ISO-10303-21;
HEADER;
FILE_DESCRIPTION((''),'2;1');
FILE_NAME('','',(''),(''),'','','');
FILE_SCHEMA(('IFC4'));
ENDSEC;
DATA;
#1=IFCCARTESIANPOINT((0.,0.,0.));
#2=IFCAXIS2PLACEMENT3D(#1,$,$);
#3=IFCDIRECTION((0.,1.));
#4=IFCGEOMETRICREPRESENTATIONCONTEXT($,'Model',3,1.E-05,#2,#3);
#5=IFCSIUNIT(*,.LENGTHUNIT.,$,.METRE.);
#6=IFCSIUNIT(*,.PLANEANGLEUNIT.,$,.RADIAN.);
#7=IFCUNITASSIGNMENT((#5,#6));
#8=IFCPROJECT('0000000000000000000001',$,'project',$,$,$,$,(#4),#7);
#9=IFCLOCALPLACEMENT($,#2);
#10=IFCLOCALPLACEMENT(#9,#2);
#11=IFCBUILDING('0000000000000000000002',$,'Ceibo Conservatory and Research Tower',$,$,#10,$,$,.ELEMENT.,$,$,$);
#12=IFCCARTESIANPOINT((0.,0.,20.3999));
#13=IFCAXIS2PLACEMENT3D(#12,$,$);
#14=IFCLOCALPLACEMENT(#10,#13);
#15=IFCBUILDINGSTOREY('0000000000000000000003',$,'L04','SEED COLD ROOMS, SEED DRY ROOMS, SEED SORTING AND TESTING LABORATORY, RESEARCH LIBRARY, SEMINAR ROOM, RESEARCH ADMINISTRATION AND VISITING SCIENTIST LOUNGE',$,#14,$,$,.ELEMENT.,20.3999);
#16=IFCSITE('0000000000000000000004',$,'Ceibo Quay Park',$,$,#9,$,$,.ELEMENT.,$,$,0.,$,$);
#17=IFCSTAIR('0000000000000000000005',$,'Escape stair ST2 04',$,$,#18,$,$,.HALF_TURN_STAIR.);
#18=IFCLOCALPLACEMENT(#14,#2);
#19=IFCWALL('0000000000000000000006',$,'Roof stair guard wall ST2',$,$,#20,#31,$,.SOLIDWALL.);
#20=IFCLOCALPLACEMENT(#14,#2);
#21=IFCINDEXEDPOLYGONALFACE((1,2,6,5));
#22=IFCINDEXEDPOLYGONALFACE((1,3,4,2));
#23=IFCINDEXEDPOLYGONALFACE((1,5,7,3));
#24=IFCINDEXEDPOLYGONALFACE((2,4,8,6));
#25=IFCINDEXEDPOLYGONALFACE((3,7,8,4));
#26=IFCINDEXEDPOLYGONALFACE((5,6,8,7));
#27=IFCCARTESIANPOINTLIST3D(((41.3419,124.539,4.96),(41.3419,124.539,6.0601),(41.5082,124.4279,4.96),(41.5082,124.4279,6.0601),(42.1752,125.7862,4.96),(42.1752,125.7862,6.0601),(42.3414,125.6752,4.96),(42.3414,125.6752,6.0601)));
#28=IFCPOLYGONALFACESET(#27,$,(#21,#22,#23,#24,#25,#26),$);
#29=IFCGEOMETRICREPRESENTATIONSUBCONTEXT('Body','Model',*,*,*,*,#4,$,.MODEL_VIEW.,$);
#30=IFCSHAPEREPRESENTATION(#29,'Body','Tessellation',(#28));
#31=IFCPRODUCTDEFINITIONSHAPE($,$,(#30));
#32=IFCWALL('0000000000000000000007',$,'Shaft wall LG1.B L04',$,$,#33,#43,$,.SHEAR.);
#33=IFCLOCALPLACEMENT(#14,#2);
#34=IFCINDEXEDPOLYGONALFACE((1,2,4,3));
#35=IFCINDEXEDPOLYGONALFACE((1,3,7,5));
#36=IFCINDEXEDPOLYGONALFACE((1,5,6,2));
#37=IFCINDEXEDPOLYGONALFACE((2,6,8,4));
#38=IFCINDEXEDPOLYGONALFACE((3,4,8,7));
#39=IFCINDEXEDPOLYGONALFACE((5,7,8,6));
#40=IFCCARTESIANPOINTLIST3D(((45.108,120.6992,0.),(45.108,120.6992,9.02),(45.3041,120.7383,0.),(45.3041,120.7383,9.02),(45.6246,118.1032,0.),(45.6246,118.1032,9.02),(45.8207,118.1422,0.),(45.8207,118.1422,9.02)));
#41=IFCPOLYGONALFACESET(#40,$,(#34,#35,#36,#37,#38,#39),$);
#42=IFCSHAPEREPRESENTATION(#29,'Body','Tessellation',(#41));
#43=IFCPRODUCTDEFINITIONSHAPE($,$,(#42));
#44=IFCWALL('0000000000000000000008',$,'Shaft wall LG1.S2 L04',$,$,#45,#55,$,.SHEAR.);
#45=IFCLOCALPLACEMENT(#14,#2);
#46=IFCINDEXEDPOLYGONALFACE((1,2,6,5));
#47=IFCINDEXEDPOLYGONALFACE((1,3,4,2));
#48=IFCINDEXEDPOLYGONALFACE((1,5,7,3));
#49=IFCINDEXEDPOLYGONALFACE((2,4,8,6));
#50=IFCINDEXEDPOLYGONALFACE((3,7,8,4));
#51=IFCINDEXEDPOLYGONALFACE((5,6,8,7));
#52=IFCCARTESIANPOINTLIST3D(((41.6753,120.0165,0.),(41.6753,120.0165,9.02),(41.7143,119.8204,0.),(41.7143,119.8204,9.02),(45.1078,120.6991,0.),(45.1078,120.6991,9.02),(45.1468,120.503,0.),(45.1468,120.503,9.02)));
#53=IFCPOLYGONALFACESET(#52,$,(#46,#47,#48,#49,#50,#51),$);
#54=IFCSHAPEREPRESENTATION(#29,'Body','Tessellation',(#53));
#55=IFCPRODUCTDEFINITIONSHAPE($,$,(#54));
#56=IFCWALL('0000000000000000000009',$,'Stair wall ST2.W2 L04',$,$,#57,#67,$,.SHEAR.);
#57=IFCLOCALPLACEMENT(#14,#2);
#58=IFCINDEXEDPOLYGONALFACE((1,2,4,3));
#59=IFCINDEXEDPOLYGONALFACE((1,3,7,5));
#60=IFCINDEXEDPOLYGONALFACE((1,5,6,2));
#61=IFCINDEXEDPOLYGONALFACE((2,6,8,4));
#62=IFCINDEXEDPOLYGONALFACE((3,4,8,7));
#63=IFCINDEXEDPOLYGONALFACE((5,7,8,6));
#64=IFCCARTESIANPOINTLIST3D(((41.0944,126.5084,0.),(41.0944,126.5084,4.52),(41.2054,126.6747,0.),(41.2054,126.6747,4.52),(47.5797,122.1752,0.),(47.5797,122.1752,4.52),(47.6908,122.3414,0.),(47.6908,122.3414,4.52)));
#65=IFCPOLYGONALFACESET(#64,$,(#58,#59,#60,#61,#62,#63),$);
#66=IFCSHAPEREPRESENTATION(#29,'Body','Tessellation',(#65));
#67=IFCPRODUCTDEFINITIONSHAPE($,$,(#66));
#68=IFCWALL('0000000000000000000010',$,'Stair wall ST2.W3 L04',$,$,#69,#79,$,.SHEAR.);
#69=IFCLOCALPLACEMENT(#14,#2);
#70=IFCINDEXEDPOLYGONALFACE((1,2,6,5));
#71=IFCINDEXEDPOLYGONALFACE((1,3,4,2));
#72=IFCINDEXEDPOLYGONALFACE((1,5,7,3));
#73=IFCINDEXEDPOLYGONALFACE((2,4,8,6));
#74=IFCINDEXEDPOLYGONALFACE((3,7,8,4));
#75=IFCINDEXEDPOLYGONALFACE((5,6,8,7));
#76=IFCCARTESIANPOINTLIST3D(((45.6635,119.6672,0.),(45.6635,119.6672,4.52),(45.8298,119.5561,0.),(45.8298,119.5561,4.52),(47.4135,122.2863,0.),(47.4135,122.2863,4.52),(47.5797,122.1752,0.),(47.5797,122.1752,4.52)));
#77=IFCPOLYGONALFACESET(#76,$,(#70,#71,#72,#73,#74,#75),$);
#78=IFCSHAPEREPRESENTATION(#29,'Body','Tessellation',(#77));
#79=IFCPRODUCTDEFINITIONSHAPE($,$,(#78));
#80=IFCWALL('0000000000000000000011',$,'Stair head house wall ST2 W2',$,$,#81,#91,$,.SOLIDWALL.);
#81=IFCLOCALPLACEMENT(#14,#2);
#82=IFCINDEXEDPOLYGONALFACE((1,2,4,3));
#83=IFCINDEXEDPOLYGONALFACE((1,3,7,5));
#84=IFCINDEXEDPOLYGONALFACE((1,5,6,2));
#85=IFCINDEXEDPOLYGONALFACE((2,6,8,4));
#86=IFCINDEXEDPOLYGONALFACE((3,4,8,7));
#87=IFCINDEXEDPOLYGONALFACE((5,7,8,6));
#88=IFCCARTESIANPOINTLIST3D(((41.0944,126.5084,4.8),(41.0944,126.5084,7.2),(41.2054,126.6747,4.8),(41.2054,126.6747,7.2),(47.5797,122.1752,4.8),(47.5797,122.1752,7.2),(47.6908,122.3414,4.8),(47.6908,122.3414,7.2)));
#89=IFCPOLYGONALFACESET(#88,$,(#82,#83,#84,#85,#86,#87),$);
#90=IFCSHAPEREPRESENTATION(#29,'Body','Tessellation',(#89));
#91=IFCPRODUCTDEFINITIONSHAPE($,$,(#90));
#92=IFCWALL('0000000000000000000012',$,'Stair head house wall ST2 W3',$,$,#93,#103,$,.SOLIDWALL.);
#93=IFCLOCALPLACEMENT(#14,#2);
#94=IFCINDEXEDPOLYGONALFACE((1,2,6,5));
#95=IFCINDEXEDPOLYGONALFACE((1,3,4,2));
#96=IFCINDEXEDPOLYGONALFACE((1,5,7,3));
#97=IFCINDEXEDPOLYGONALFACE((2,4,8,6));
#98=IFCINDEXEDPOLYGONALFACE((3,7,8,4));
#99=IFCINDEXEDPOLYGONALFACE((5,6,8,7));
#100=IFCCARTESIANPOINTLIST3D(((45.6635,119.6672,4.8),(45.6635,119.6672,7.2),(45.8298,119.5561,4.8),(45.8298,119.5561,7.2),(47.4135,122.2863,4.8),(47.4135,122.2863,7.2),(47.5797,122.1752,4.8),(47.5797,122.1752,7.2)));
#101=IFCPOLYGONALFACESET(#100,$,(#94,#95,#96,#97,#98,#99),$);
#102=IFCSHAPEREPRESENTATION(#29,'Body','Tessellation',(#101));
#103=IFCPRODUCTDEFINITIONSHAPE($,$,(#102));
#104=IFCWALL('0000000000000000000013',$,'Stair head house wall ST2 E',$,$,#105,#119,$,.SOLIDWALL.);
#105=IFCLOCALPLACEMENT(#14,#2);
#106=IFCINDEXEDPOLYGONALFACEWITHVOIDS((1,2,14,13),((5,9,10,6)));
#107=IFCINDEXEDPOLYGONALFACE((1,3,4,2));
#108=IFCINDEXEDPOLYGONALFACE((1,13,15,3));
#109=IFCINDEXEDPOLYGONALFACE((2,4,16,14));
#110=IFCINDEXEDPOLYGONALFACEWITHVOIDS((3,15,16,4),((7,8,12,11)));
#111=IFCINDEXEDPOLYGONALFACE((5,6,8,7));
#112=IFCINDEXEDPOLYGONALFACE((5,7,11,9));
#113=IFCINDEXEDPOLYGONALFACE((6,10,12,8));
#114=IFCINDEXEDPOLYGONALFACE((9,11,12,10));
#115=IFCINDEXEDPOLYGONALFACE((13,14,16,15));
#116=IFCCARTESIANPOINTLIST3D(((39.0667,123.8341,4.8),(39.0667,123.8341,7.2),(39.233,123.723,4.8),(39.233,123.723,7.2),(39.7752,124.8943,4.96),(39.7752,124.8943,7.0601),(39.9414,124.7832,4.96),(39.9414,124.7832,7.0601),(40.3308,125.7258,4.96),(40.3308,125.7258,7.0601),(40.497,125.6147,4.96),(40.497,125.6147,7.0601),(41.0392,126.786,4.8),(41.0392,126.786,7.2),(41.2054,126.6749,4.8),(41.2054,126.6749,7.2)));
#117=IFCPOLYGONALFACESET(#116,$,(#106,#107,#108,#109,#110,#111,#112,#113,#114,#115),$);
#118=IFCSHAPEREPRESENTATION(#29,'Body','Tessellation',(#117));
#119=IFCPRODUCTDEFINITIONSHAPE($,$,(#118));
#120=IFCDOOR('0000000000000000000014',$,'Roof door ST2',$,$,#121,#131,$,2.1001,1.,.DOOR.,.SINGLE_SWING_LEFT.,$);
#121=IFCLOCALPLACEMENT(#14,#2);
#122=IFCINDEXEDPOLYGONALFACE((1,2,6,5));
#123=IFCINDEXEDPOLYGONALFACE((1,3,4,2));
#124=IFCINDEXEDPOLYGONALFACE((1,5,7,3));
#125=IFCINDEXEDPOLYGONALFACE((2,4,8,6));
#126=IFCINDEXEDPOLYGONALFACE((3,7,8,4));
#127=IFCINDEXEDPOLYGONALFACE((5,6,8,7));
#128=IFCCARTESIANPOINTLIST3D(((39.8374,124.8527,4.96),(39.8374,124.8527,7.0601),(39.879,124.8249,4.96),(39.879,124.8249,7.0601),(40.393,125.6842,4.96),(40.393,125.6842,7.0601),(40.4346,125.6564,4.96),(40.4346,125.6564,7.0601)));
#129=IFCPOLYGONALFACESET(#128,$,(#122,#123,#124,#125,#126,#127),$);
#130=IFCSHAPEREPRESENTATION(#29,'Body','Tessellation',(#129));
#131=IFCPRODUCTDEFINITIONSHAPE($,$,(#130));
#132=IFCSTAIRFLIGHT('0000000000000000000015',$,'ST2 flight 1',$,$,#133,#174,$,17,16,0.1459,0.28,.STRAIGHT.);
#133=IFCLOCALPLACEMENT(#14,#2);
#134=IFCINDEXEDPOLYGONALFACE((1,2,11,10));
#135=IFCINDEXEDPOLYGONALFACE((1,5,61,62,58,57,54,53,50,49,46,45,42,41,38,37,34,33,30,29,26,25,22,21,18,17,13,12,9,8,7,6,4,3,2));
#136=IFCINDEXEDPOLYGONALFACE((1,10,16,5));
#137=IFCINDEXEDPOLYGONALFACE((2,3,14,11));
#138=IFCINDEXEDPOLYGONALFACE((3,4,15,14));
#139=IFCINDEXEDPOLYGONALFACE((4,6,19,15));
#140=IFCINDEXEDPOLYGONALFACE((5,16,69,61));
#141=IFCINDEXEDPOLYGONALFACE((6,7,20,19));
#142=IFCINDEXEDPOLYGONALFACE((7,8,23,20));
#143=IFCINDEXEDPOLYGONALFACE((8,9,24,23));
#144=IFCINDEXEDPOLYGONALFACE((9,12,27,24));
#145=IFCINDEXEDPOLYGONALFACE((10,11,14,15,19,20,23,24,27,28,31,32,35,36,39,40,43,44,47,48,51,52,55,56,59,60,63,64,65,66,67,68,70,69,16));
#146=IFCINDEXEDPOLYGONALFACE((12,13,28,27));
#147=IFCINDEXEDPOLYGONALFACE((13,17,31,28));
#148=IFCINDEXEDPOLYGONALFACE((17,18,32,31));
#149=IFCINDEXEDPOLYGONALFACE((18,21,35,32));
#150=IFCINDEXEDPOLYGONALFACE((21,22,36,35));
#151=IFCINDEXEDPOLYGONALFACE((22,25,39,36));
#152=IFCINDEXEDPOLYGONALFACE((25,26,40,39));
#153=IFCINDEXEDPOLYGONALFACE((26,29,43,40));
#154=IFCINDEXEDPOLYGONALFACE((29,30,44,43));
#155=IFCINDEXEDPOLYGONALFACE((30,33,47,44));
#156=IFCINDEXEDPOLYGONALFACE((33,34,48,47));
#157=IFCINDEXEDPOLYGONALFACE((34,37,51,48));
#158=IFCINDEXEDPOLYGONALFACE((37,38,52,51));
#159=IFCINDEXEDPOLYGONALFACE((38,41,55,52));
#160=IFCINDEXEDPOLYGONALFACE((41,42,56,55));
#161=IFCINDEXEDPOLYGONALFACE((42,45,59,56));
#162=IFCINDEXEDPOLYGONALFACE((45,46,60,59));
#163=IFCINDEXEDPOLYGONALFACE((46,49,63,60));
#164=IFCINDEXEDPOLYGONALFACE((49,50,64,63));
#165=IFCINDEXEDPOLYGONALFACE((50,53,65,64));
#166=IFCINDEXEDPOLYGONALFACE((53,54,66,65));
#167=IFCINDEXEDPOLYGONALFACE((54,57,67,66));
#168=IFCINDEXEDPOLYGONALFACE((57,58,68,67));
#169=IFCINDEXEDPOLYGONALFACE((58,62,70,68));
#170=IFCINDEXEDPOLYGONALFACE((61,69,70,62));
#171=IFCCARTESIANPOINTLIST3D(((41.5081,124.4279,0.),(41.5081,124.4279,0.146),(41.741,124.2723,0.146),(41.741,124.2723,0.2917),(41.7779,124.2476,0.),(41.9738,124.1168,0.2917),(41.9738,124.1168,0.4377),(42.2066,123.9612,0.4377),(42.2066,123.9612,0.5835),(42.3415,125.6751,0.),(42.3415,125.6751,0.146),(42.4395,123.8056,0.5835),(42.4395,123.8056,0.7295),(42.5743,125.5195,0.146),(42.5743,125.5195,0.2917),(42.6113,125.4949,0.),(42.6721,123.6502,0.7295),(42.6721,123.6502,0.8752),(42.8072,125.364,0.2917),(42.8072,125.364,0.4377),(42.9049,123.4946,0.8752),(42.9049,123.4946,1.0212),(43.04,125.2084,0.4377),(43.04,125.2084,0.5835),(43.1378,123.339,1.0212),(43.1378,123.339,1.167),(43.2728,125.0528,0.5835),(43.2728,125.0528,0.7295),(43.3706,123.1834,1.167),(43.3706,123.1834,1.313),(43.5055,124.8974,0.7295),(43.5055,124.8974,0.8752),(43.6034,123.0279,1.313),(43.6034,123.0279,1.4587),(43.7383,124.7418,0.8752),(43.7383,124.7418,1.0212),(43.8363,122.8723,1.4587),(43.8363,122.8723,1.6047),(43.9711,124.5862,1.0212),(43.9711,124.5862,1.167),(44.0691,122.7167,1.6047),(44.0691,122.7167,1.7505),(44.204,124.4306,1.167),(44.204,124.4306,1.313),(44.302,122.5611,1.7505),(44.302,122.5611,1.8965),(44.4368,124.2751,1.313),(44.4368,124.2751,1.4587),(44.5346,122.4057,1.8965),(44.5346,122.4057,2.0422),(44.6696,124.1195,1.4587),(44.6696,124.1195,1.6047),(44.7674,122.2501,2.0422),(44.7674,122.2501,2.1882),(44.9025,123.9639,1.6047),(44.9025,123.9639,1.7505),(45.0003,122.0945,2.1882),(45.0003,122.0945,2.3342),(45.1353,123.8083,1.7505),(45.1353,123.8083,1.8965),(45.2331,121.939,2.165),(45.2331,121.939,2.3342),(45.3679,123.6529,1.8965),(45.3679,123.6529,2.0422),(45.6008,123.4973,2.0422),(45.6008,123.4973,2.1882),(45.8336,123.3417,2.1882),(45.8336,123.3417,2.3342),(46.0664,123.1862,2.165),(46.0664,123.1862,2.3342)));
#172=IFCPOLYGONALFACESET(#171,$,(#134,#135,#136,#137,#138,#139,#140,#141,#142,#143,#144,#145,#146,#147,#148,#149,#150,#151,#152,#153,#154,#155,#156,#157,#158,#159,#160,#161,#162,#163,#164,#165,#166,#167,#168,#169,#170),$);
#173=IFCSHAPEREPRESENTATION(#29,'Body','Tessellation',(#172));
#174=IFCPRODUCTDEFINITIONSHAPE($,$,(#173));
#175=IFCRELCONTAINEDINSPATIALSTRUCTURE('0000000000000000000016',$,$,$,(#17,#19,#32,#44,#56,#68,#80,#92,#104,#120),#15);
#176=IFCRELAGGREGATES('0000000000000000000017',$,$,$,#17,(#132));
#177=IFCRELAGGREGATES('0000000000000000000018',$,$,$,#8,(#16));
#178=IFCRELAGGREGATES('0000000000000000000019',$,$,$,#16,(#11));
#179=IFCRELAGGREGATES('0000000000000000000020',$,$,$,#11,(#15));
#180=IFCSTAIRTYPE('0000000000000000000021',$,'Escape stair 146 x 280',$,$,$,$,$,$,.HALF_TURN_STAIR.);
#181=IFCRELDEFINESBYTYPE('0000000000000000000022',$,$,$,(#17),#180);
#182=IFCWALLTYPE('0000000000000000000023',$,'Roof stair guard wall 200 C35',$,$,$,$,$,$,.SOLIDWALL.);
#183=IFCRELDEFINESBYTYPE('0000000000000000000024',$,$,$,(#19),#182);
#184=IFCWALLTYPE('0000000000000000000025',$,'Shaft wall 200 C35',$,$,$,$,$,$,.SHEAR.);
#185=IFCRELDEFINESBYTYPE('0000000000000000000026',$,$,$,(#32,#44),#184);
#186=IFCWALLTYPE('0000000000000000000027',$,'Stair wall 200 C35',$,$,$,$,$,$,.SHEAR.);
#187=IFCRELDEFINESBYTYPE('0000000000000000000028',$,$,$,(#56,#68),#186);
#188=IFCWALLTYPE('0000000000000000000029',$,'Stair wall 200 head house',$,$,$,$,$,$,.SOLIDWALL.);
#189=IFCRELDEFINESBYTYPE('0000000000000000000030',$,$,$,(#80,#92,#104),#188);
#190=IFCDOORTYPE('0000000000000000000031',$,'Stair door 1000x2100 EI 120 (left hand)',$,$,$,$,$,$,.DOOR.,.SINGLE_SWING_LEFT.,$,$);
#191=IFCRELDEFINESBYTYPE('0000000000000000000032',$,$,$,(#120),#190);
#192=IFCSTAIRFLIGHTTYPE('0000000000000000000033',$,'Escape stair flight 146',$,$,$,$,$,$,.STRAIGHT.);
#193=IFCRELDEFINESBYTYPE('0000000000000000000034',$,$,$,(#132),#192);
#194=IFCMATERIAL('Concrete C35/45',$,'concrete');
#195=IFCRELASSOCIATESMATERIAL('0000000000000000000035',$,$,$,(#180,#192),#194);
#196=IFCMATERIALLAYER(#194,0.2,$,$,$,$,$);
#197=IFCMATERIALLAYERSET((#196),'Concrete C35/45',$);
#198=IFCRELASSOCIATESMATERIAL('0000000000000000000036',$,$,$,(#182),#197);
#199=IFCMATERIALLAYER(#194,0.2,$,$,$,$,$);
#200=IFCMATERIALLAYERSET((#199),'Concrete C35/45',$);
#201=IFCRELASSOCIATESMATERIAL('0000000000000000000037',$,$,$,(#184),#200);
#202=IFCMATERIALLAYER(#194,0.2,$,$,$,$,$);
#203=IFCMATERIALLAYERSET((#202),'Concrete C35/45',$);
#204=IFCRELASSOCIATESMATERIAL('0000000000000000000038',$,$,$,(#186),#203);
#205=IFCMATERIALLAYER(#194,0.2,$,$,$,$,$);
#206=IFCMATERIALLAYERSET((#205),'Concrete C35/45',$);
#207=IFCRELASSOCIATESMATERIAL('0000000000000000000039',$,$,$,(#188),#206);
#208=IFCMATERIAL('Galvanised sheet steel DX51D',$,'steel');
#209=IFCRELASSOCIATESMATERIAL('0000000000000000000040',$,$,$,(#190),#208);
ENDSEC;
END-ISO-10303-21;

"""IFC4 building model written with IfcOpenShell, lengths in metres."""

from ifc_helpers import new_model, si_unit, direction, frame, frame_2d, origin, place, context, subcontext, project, spatial, polyline, rectangle, outline, extrude, material, layer, layer_set, type_object, element, fill, aggregate, save


model = new_model("IFC4")

# Units and contexts
model_context = context("Model", 3, precision=1e-05, world=origin(), true_north=direction((0.0, 1.0)))
body_context = subcontext(model_context, "Body", "Model", "MODEL_VIEW")
ifc_project = project(units=[si_unit("LENGTHUNIT", "METRE"), si_unit("PLANEANGLEUNIT", "RADIAN")], contexts=[model_context])

# Site, building, storey
site_placement = place(None, origin())
site = spatial("IfcSite", under=ifc_project, at=site_placement, Name="Ceibo Quay Park", CompositionType="ELEMENT", RefElevation=0.0)
building_placement = place(site_placement, origin())
building = spatial("IfcBuilding", under=site, at=building_placement, Name="Ceibo Conservatory and Research Tower", CompositionType="ELEMENT")
storey_placement = place(building_placement, frame((0.0, 0.0, 20.3999)))
storey = spatial("IfcBuildingStorey", under=building, at=storey_placement, Name="L04", Description="SEED COLD ROOMS, SEED DRY ROOMS, SEED SORTING AND TESTING LABORATORY, RESEARCH LIBRARY, SEMINAR ROOM, RESEARCH ADMINISTRATION AND VISITING SCIENTIST LOUNGE", CompositionType="ELEMENT", Elevation=20.3999)

# Shared definitions
ifc_material_1 = material(Name="Concrete C35/45", Category="concrete")

# Stair
stair_type = type_object("IfcStairType", Name="Escape stair 146 x 280", PredefinedType="HALF_TURN_STAIR", material=ifc_material_1)
stair_placement = place(storey_placement, origin())
stair = element("IfcStair", 1, at=stair_placement, inside=storey, type_object=stair_type, Name="Escape stair ST2 04", PredefinedType="HALF_TURN_STAIR")

# Shared definitions
ifc_material_2 = material(Name="Galvanised sheet steel DX51D", Category="steel")

# Walls
ifc_layer_1 = layer(ifc_material_1, 0.2)
ifc_layer_set_1 = layer_set([ifc_layer_1], Name="Concrete C35/45")
wall_type_1 = type_object("IfcWallType", Name="Roof stair guard wall 200 C35", PredefinedType="SOLIDWALL", material=ifc_layer_set_1)
wall_1_placement = place(storey_placement, frame((42.2583, 125.7307, 4.96), z_axis=(0.0, 0.0, 1.0), x_axis=(-0.555489, -0.831524, 0.0)))
element("IfcWall", 2, at=wall_1_placement, inside=storey, type_object=wall_type_1, Name="Roof stair guard wall ST2", PredefinedType="SOLIDWALL", context=body_context, shape_type="SweptSolid", body=[
    extrude(rectangle(XDim=1.5, YDim=0.2, at=frame_2d((0.75, 0.0))), origin(), (0.0, 0.0, 1.0), 1.1001),
])
ifc_layer_2 = layer(ifc_material_1, 0.2)
ifc_layer_set_2 = layer_set([ifc_layer_2], Name="Concrete C35/45")
wall_type_2 = type_object("IfcWallType", Name="Shaft wall 200 C35", PredefinedType="SHEAR", material=ifc_layer_set_2)
wall_2_placement = place(storey_placement, frame((45.2061, 120.7188, 0.0), z_axis=(0.0, 0.0, 1.0), x_axis=(0.195158, -0.980772, 0.0)))
element("IfcWall", 3, at=wall_2_placement, inside=storey, type_object=wall_type_2, Name="Shaft wall LG1.B L04", PredefinedType="SHEAR", context=body_context, shape_type="SweptSolid", body=[
    extrude(rectangle(XDim=2.647, YDim=0.2, at=frame_2d((1.3235, 0.0))), origin(), (0.0, 0.0, 1.0), 9.02),
])
wall_3_placement = place(storey_placement, frame((45.1274, 120.6011, 0.0), z_axis=(0.0, 0.0, 1.0), x_axis=(-0.980795, -0.195043, 0.0)))
element("IfcWall", 4, at=wall_3_placement, inside=storey, type_object=wall_type_2, Name="Shaft wall LG1.S2 L04", PredefinedType="SHEAR", context=body_context, shape_type="SweptSolid", body=[
    extrude(rectangle(XDim=3.4998, YDim=0.2, at=frame_2d((1.75, 0.0))), origin(), (0.0, 0.0, 1.0), 9.02),
])
ifc_layer_3 = layer(ifc_material_1, 0.2)
ifc_layer_set_3 = layer_set([ifc_layer_3], Name="Concrete C35/45")
wall_type_3 = type_object("IfcWallType", Name="Stair wall 200 C35", PredefinedType="SHEAR", material=ifc_layer_set_3)
wall_4_placement = place(storey_placement, frame((47.6353, 122.2583, 0.0), z_axis=(0.0, 0.0, 1.0), x_axis=(-0.831477, 0.555559, 0.0)))
element("IfcWall", 5, at=wall_4_placement, inside=storey, type_object=wall_type_3, Name="Stair wall ST2.W2 L04", PredefinedType="SHEAR", context=body_context, shape_type="SweptSolid", body=[
    extrude(rectangle(XDim=7.7998, YDim=0.2, at=frame_2d((3.8999, 0.0))), origin(), (0.0, 0.0, 1.0), 4.52),
])
wall_5_placement = place(storey_placement, frame((47.4966, 122.2307, 0.0), z_axis=(0.0, 0.0, 1.0), x_axis=(-0.555558, -0.831478, 0.0)))
element("IfcWall", 6, at=wall_5_placement, inside=storey, type_object=wall_type_3, Name="Stair wall ST2.W3 L04", PredefinedType="SHEAR", context=body_context, shape_type="SweptSolid", body=[
    extrude(rectangle(XDim=3.1499, YDim=0.2, at=frame_2d((1.575, 0.0))), origin(), (0.0, 0.0, 1.0), 4.52),
])
ifc_layer_4 = layer(ifc_material_1, 0.2)
ifc_layer_set_4 = layer_set([ifc_layer_4], Name="Concrete C35/45")
wall_type_4 = type_object("IfcWallType", Name="Stair wall 200 head house", PredefinedType="SOLIDWALL", material=ifc_layer_set_4)
wall_6_placement = place(storey_placement, frame((47.6353, 122.2583, 4.8), z_axis=(0.0, 0.0, 1.0), x_axis=(-0.831477, 0.555559, 0.0)))
element("IfcWall", 7, at=wall_6_placement, inside=storey, type_object=wall_type_4, Name="Stair head house wall ST2 W2", PredefinedType="SOLIDWALL", context=body_context, shape_type="SweptSolid", body=[
    extrude(rectangle(XDim=7.7998, YDim=0.2, at=frame_2d((3.8999, 0.0))), origin(), (0.0, 0.0, 1.0), 2.3999),
])
wall_7_placement = place(storey_placement, frame((47.4966, 122.2307, 4.8), z_axis=(0.0, 0.0, 1.0), x_axis=(-0.555558, -0.831478, 0.0)))
element("IfcWall", 8, at=wall_7_placement, inside=storey, type_object=wall_type_4, Name="Stair head house wall ST2 W3", PredefinedType="SOLIDWALL", context=body_context, shape_type="SweptSolid", body=[
    extrude(rectangle(XDim=3.1499, YDim=0.2, at=frame_2d((1.575, 0.0))), origin(), (0.0, 0.0, 1.0), 2.3999),
])

# Wall, opening, door
wall_8_placement = place(storey_placement, frame((41.1223, 126.7305, 4.8), z_axis=(0.0, 0.0, 1.0), x_axis=(-0.555573, -0.831468, 0.0)))
wall_8 = element("IfcWall", 9, at=wall_8_placement, inside=storey, type_object=wall_type_4, Name="Stair head house wall ST2 E", PredefinedType="SOLIDWALL", context=body_context, shape_type="SweptSolid", body=[
    extrude(rectangle(XDim=3.5503, YDim=0.2, at=frame_2d((1.7751, 0.0))), origin(), (0.0, 0.0, 1.0), 2.3999),
])
opening_1_placement = place(wall_8_placement, frame((1.2751, 0.0, 0.1599)))
opening_1 = element("IfcOpeningElement", 10, at=opening_1_placement, cuts=wall_8, PredefinedType="OPENING", context=body_context, shape_type="SweptSolid", body=[
    extrude(rectangle(XDim=1.0, YDim=2.1001, at=frame_2d((0.5, 1.05))), frame((0.0, 0.1099, 0.0), z_axis=(0.0, -1.0, 0.0), x_axis=(1.0, 0.0, 0.0)), (0.0, 0.0, 1.0), 0.22),
])
door_type_1 = type_object("IfcDoorType", Name="Stair door 1000x2100 EI 120 (left hand)", OperationType="SINGLE_SWING_LEFT", PredefinedType="DOOR", material=ifc_material_2)
door_1_placement = place(opening_1_placement, origin())
door_1 = element("IfcDoor", 11, at=door_1_placement, inside=storey, type_object=door_type_1, Name="Roof door ST2", OperationType="SINGLE_SWING_LEFT", OverallHeight=2.1001, OverallWidth=1.0, PredefinedType="DOOR", context=body_context, shape_type="SweptSolid", body=[
    extrude(rectangle(XDim=1.0, YDim=2.1001, at=frame_2d((0.5, 1.05))), frame((0.0, 0.0249, 0.0), z_axis=(0.0, -1.0, 0.0), x_axis=(1.0, 0.0, 0.0)), (0.0, 0.0, 1.0), 0.05),
])
fill(opening_1, door_1)

# Stair flight
stair_flight_type = type_object("IfcStairFlightType", Name="Escape stair flight 146", PredefinedType="STRAIGHT", material=ifc_material_1)
stair_flight_1_placement = place(storey_placement, frame((41.9248, 125.0515, 0.0), z_axis=(0.0, 0.0, 1.0), x_axis=(0.83147, -0.55557, 0.0)))
stair_flight_1 = element("IfcStairFlight", 12, at=stair_flight_1_placement, type_object=stair_flight_type, Name="ST2 flight 1", NumberOfRisers=17, NumberOfTreads=16, PredefinedType="STRAIGHT", RiserHeight=0.1459, TreadLength=0.28, context=body_context, shape_type="SweptSolid", body=[
    extrude(outline(polyline([(0.0, 0.0), (0.0, 0.146), (0.28, 0.146), (0.28, 0.2917), (0.5601, 0.2917), (0.5601, 0.4377), (0.8401, 0.4377), (0.8401, 0.5835), (1.1201, 0.5835), (1.1201, 0.7295), (1.3999, 0.7295), (1.3999, 0.8752), (1.6799, 0.8752), (1.6799, 1.0212), (1.96, 1.0212), (1.96, 1.167), (2.24, 1.167), (2.24, 1.313), (2.52, 1.313), (2.52, 1.4587), (2.8, 1.4587), (2.8, 1.6047), (3.0801, 1.6047), (3.0801, 1.7505), (3.3601, 1.7505), (3.3601, 1.8965), (3.6399, 1.8965), (3.6399, 2.0422), (3.9199, 2.0422), (3.9199, 2.1882), (4.2, 2.1882), (4.2, 2.3342), (4.48, 2.3342), (4.48, 2.48), (4.48, 2.165), (0.3245, 0.0), (0.0, 0.0)])), frame((0.0, 0.75, 0.0), z_axis=(0.0, -1.0, 0.0), x_axis=(1.0, 0.0, 0.0)), (0.0, 0.0, 1.0), 1.5),
])
aggregate(stair, [stair_flight_1])

save(model, "model.ifc")
